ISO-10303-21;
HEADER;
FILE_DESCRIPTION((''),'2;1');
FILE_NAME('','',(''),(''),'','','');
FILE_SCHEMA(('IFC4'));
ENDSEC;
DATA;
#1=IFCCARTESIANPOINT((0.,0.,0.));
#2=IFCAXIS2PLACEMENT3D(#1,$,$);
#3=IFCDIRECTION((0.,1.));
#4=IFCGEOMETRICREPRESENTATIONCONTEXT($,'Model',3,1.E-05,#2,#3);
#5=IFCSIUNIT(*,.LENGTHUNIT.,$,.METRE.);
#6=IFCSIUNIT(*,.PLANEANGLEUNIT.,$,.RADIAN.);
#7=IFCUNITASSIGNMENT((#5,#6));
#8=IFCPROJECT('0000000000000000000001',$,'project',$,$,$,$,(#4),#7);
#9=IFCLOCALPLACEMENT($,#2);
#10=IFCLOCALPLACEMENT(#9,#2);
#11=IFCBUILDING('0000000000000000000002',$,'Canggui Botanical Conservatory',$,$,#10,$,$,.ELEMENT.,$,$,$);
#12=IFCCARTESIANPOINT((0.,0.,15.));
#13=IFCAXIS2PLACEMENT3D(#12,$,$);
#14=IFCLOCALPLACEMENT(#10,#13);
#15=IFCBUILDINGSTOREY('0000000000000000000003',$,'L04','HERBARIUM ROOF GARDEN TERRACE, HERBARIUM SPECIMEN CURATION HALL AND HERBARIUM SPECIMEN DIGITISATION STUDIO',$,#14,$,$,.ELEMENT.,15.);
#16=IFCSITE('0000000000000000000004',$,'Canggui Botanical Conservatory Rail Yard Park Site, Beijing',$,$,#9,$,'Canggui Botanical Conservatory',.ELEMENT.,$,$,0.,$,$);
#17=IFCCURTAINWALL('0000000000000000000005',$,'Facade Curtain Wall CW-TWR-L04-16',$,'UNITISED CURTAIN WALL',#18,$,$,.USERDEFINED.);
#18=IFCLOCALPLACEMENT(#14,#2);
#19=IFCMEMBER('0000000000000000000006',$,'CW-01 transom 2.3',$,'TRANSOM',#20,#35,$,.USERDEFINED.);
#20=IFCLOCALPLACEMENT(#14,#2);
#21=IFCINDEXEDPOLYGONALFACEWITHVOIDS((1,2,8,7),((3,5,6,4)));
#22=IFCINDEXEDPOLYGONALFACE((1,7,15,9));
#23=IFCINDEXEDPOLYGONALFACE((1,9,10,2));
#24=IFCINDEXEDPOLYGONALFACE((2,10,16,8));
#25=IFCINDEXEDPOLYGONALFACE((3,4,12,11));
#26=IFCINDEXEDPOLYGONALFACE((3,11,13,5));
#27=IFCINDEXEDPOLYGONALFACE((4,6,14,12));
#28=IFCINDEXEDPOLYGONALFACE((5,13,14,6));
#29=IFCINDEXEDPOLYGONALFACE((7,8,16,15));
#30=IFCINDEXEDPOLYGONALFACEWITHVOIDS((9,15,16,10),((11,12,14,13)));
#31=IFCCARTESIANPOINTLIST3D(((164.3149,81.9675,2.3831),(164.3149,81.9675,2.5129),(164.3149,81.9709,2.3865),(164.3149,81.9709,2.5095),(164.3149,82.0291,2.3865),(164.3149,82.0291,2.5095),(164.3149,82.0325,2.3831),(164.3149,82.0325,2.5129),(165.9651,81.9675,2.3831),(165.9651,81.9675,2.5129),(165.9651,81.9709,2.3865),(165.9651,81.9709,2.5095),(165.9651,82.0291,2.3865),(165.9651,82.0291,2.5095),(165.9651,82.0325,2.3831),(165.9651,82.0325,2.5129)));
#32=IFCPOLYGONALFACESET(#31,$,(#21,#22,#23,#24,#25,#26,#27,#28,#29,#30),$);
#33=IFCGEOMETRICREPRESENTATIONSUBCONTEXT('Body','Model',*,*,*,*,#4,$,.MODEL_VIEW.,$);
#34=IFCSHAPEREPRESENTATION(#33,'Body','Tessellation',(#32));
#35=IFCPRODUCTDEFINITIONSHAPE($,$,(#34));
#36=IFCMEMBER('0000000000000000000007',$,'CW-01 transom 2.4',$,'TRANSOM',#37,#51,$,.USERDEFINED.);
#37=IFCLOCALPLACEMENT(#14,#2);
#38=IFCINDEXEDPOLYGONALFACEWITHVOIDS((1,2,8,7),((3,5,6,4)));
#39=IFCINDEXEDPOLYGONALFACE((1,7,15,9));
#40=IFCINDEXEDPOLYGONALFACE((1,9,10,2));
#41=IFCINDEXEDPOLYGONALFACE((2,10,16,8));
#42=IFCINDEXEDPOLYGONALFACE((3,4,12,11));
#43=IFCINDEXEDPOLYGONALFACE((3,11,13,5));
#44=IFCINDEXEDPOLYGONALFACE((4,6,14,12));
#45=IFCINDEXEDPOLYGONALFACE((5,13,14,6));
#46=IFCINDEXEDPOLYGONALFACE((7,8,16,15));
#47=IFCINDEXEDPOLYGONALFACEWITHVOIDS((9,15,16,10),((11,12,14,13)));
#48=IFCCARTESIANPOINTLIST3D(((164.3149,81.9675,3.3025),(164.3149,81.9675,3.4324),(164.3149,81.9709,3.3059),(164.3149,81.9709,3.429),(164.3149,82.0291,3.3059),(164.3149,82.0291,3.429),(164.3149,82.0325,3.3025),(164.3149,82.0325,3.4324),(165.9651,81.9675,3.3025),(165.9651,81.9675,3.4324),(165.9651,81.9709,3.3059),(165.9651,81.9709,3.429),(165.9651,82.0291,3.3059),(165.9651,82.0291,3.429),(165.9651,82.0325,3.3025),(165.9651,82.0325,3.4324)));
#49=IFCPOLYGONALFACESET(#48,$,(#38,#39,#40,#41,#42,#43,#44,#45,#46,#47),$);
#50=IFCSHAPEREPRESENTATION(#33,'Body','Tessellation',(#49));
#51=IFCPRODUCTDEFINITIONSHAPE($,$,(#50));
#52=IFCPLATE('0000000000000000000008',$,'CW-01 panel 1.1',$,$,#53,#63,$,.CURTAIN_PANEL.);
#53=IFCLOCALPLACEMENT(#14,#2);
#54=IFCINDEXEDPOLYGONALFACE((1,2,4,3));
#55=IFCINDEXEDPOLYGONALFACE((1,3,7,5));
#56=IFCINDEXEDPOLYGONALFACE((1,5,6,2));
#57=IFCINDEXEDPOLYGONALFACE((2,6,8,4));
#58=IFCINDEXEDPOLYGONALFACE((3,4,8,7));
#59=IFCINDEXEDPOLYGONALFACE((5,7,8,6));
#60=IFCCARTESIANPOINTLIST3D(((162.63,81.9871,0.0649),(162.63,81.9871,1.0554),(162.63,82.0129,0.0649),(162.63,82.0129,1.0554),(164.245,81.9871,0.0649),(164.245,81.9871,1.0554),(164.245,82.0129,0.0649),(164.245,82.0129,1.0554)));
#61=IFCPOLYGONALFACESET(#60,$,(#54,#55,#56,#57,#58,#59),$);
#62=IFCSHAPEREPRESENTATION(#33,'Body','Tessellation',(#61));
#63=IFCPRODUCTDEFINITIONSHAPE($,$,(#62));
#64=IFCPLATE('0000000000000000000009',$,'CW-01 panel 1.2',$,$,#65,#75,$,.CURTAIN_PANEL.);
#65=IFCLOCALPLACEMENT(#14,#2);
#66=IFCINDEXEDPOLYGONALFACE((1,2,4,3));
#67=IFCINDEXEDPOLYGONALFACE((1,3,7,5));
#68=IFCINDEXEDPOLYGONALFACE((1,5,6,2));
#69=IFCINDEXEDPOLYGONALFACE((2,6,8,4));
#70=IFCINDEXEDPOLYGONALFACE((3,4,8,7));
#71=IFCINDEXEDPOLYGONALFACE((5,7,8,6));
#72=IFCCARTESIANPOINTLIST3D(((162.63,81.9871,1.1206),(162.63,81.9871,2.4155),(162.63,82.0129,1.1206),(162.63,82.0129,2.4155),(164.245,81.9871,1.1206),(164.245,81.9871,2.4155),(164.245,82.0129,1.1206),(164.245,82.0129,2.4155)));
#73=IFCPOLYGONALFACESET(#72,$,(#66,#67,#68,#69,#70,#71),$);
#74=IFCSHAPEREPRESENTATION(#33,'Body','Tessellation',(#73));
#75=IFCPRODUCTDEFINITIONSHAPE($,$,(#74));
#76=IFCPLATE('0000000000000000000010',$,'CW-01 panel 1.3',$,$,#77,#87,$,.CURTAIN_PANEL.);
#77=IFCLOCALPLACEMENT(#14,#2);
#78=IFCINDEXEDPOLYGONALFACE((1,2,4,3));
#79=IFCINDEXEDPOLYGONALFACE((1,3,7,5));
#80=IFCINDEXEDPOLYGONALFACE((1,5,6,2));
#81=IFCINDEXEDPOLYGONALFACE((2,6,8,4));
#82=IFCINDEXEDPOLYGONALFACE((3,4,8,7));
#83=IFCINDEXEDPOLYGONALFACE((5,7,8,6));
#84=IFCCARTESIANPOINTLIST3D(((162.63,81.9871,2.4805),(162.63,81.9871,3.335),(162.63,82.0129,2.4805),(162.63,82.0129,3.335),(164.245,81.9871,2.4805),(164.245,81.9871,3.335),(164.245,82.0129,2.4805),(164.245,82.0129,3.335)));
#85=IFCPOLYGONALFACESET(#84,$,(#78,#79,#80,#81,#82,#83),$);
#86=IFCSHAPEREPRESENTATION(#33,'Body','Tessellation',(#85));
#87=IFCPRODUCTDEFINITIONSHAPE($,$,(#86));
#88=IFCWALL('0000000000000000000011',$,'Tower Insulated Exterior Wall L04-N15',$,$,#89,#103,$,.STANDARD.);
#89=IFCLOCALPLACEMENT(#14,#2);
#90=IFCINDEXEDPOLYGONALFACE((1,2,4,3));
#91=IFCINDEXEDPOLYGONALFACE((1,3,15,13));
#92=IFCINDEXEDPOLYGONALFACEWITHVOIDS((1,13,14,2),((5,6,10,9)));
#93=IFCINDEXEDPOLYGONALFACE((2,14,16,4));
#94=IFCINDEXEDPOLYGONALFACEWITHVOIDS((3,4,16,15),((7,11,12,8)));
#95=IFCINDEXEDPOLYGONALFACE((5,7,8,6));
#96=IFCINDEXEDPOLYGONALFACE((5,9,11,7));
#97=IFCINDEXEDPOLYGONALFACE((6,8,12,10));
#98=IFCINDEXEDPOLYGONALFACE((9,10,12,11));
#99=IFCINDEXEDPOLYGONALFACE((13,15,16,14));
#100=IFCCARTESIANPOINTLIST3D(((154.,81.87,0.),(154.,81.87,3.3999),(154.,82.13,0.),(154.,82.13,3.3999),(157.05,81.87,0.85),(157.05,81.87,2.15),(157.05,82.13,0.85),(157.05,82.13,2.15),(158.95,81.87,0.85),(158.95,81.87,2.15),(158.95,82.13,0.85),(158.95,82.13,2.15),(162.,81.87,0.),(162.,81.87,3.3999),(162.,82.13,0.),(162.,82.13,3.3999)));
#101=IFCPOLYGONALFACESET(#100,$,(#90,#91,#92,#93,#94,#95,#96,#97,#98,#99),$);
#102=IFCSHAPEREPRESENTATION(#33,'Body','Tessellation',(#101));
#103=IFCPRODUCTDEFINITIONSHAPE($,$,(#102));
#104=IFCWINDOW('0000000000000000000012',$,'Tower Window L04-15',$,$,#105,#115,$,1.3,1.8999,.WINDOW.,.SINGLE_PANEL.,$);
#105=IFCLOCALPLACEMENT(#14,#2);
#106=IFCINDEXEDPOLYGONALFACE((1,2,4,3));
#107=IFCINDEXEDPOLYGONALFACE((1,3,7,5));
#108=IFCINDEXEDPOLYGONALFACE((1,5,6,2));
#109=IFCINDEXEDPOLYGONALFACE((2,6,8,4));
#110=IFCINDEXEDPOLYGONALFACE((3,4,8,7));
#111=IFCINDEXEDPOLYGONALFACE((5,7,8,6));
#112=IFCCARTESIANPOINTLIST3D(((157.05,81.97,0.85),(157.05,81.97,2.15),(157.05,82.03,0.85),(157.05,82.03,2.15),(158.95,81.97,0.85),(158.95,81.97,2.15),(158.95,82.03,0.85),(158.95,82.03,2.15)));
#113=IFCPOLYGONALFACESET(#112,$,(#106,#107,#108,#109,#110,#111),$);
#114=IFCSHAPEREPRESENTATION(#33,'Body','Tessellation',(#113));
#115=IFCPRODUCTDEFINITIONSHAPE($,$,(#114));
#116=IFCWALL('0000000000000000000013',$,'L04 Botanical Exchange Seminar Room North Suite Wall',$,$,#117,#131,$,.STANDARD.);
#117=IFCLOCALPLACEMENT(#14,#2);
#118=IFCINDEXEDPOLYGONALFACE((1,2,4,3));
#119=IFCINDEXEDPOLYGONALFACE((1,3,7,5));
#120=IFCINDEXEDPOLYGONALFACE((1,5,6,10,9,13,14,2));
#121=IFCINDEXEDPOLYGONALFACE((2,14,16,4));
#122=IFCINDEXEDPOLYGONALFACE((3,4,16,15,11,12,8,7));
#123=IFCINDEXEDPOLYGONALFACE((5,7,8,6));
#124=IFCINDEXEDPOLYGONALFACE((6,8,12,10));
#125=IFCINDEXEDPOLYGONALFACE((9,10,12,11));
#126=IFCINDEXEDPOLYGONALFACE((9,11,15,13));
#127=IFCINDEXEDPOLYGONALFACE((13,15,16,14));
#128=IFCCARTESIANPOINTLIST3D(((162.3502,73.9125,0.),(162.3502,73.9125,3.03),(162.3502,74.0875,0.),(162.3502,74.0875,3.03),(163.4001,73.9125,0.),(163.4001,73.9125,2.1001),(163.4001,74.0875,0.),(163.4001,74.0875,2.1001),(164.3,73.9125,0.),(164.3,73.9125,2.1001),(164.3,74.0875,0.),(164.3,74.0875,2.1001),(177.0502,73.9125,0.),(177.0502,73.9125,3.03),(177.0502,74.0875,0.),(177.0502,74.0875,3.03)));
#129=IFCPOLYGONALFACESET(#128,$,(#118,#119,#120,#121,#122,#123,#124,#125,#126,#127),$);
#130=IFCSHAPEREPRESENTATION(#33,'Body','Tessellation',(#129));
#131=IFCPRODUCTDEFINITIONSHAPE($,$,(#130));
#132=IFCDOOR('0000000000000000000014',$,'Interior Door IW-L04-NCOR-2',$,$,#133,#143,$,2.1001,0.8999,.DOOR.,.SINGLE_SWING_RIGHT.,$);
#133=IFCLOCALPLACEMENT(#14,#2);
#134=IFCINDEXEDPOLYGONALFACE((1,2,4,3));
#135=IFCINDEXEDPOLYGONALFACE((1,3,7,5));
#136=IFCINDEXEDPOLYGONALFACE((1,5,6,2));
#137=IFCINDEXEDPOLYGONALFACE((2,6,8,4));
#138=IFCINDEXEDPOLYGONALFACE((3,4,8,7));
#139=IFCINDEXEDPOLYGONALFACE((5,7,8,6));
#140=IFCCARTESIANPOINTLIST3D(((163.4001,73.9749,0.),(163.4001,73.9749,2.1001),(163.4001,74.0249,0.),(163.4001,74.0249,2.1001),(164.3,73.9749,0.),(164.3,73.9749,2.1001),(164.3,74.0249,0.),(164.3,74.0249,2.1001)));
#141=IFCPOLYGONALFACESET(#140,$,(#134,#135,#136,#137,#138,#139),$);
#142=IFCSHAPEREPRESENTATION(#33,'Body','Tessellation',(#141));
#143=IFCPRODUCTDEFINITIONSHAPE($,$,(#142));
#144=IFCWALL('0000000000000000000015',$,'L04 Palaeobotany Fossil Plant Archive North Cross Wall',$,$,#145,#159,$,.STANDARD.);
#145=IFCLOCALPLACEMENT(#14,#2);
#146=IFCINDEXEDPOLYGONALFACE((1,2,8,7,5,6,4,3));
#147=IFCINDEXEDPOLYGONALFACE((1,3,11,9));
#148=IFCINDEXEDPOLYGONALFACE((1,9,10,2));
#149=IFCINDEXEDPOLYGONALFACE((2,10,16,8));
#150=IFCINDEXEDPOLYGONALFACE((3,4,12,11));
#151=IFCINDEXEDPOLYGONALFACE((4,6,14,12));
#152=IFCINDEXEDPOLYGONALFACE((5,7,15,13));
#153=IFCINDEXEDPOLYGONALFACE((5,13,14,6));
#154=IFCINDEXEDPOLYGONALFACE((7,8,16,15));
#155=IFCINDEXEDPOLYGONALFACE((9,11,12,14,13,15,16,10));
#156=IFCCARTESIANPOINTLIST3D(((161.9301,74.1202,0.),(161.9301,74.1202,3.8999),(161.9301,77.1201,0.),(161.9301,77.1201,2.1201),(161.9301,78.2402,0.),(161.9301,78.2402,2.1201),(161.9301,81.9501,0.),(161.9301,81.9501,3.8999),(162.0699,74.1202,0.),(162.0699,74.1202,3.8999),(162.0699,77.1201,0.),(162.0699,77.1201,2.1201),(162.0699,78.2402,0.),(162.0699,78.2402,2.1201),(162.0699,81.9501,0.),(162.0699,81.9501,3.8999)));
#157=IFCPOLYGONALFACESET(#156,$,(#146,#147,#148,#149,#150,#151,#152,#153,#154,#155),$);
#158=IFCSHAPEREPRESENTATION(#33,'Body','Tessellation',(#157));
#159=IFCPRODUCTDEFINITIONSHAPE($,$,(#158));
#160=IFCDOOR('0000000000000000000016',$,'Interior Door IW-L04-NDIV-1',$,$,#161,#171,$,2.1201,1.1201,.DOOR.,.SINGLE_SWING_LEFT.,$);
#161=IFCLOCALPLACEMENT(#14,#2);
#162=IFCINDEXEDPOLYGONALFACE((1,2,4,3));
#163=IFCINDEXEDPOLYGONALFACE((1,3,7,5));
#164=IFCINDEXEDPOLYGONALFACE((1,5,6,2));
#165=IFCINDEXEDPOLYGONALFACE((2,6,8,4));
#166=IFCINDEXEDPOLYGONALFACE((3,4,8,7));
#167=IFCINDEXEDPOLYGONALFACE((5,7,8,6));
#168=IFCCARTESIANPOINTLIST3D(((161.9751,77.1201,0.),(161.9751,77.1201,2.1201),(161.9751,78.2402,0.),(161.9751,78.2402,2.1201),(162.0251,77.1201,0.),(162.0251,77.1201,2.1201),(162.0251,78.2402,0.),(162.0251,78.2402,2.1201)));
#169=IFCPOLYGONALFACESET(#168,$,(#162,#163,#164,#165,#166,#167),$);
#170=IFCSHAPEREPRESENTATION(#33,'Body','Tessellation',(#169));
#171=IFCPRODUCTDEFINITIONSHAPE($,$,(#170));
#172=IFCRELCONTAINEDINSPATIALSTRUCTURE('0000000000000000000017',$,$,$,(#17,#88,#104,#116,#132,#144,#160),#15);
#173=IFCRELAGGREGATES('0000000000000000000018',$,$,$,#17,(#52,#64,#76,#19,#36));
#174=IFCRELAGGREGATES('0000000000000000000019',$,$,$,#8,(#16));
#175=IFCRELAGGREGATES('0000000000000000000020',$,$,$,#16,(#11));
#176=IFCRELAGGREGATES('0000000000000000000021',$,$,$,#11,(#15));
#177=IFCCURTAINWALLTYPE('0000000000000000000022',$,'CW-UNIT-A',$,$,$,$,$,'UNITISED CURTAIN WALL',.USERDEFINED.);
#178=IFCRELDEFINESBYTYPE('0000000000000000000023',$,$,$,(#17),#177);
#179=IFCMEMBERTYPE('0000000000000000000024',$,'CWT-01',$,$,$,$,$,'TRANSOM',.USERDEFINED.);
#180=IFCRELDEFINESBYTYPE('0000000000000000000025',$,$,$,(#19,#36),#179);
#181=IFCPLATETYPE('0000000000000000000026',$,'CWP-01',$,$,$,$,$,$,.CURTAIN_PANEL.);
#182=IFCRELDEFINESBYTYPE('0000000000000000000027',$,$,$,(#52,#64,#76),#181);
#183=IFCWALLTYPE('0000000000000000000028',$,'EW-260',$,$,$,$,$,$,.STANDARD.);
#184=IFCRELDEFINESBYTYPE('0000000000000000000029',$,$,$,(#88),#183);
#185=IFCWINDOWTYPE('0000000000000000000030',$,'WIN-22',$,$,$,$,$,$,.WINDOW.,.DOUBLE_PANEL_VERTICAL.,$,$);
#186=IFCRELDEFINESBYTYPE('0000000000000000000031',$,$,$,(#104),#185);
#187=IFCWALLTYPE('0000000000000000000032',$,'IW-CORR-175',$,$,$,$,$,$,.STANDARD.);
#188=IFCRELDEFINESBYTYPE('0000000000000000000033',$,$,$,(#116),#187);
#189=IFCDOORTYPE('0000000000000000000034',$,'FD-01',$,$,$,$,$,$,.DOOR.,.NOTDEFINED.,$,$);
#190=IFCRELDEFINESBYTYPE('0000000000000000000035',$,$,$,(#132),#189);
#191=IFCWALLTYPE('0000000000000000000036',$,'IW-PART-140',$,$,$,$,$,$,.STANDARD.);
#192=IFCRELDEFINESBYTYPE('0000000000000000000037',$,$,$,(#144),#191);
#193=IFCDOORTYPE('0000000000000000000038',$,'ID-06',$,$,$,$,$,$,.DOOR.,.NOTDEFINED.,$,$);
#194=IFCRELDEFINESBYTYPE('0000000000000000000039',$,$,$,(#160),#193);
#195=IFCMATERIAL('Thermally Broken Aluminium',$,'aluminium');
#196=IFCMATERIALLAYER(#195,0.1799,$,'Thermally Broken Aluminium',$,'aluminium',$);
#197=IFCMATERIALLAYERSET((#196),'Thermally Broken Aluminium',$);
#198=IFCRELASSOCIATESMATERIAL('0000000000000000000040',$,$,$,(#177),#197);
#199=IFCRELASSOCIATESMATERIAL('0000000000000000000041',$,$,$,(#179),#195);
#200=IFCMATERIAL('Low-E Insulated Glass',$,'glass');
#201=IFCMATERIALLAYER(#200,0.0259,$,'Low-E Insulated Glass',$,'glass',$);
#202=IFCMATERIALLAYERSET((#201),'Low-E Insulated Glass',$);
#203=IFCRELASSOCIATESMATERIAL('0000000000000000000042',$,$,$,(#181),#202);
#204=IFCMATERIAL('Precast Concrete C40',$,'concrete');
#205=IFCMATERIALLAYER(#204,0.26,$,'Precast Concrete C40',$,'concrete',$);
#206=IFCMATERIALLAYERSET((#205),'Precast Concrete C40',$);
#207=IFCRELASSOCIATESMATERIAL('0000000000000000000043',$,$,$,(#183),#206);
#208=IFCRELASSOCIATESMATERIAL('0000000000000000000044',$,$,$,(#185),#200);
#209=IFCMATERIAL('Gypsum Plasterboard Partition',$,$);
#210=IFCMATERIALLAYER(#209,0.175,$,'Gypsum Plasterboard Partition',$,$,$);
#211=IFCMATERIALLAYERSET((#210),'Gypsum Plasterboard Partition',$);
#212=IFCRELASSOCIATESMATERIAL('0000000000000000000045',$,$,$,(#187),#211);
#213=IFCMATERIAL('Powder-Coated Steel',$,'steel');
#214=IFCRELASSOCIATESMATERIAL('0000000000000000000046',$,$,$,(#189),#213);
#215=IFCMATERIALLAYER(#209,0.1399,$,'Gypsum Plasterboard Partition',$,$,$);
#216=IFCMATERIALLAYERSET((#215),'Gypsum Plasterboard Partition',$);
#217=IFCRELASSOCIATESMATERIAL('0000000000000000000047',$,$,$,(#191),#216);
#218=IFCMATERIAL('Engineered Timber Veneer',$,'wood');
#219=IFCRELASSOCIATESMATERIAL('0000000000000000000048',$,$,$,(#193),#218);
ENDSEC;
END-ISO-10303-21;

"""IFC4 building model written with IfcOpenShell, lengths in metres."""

from ifc_helpers import new_model, si_unit, direction, frame, frame_2d, origin, origin_2d, place, context, subcontext, project, spatial, rectangle, hollow_rectangle, extrude, material, layer, layer_set, material_profile, profile_set, type_object, element, fill, aggregate, save


model = new_model("IFC4")

# Units and contexts
model_context = context("Model", 3, precision=1e-05, world=origin(), true_north=direction((0.0, 1.0)))
body_context = subcontext(model_context, "Body", "Model", "MODEL_VIEW")
ifc_project = project(units=[si_unit("LENGTHUNIT", "METRE"), si_unit("PLANEANGLEUNIT", "RADIAN")], contexts=[model_context])

# Site, building, storey
site_placement = place(None, origin())
site = spatial("IfcSite", under=ifc_project, at=site_placement, Name="Canggui Botanical Conservatory Rail Yard Park Site, Beijing", LongName="Canggui Botanical Conservatory", CompositionType="ELEMENT", RefElevation=0.0)
building_placement = place(site_placement, origin())
building = spatial("IfcBuilding", under=site, at=building_placement, Name="Canggui Botanical Conservatory", CompositionType="ELEMENT")
storey_placement = place(building_placement, frame((0.0, 0.0, 15.0)))
storey = spatial("IfcBuildingStorey", under=building, at=storey_placement, Name="L04", Description="HERBARIUM ROOF GARDEN TERRACE, HERBARIUM SPECIMEN CURATION HALL AND HERBARIUM SPECIMEN DIGITISATION STUDIO", CompositionType="ELEMENT", Elevation=15.0)

# Curtain wall, members, plates
ifc_material_1 = material(Name="Thermally Broken Aluminium", Category="aluminium")
ifc_layer_1 = layer(ifc_material_1, 0.1799, Name="Thermally Broken Aluminium", Category="aluminium")
ifc_layer_set_1 = layer_set([ifc_layer_1], Name="Thermally Broken Aluminium")
curtain_wall_type = type_object("IfcCurtainWallType", Name="CW-UNIT-A", ElementType="UNITISED CURTAIN WALL", PredefinedType="USERDEFINED", material=ifc_layer_set_1)
curtain_wall_placement = place(storey_placement, origin())
curtain_wall = element("IfcCurtainWall", 1, at=curtain_wall_placement, inside=storey, type_object=curtain_wall_type, Name="Facade Curtain Wall CW-TWR-L04-16", ObjectType="UNITISED CURTAIN WALL", PredefinedType="USERDEFINED")
ifc_material_profile_1 = material_profile(ifc_material_1, hollow_rectangle(XDim=0.0649, YDim=0.1299, WallThickness=0.0034, at=origin_2d()), Name="CWT 65x130x3.5")
ifc_profile_set_1 = profile_set([ifc_material_profile_1], Name="Thermally Broken Aluminium")
member_type_1 = type_object("IfcMemberType", Name="CWT-01", ElementType="TRANSOM", PredefinedType="USERDEFINED", material=ifc_profile_set_1)
member_1_placement = place(storey_placement, frame((164.3149, 82.0, 2.448), z_axis=(1.0, 0.0, 0.0), x_axis=(0.0, 1.0, 0.0)))
member_1 = element("IfcMember", 2, at=member_1_placement, type_object=member_type_1, Name="CW-01 transom 2.3", ObjectType="TRANSOM", PredefinedType="USERDEFINED", context=body_context, shape_type="SweptSolid", body=[
    extrude(hollow_rectangle(XDim=0.0649, YDim=0.1299, WallThickness=0.0034, at=origin_2d()), origin(), (0.0, 0.0, 1.0), 1.6501),
])
member_2_placement = place(storey_placement, frame((164.3149, 82.0, 3.3674), z_axis=(1.0, 0.0, 0.0), x_axis=(0.0, 1.0, 0.0)))
member_2 = element("IfcMember", 3, at=member_2_placement, type_object=member_type_1, Name="CW-01 transom 2.4", ObjectType="TRANSOM", PredefinedType="USERDEFINED", context=body_context, shape_type="SweptSolid", body=[
    extrude(hollow_rectangle(XDim=0.0649, YDim=0.1299, WallThickness=0.0034, at=origin_2d()), origin(), (0.0, 0.0, 1.0), 1.6501),
])
ifc_material_2 = material(Name="Low-E Insulated Glass", Category="glass")
ifc_layer_2 = layer(ifc_material_2, 0.0259, Name="Low-E Insulated Glass", Category="glass")
ifc_layer_set_2 = layer_set([ifc_layer_2], Name="Low-E Insulated Glass")
plate_type = type_object("IfcPlateType", Name="CWP-01", PredefinedType="CURTAIN_PANEL", material=ifc_layer_set_2)
plate_1_placement = place(storey_placement, frame((163.4375, 82.0, 0.0649), z_axis=(0.0, 0.0, 1.0), x_axis=(1.0, 0.0, 0.0)))
plate_1 = element("IfcPlate", 4, at=plate_1_placement, type_object=plate_type, Name="CW-01 panel 1.1", PredefinedType="CURTAIN_PANEL", context=body_context, shape_type="SweptSolid", body=[
    extrude(rectangle(XDim=1.615, YDim=0.0259, at=origin_2d()), origin(), (0.0, 0.0, 1.0), 0.9905),
])
plate_2_placement = place(storey_placement, frame((163.4375, 82.0, 1.1206), z_axis=(0.0, 0.0, 1.0), x_axis=(1.0, 0.0, 0.0)))
plate_2 = element("IfcPlate", 5, at=plate_2_placement, type_object=plate_type, Name="CW-01 panel 1.2", PredefinedType="CURTAIN_PANEL", context=body_context, shape_type="SweptSolid", body=[
    extrude(rectangle(XDim=1.615, YDim=0.0259, at=origin_2d()), origin(), (0.0, 0.0, 1.0), 1.2949),
])
plate_3_placement = place(storey_placement, frame((163.4375, 82.0, 2.4805), z_axis=(0.0, 0.0, 1.0), x_axis=(1.0, 0.0, 0.0)))
plate_3 = element("IfcPlate", 6, at=plate_3_placement, type_object=plate_type, Name="CW-01 panel 1.3", PredefinedType="CURTAIN_PANEL", context=body_context, shape_type="SweptSolid", body=[
    extrude(rectangle(XDim=1.615, YDim=0.0259, at=origin_2d()), origin(), (0.0, 0.0, 1.0), 0.8545),
])
aggregate(curtain_wall, [plate_1, plate_2, plate_3, member_1, member_2])

# Wall, opening, window
ifc_material_3 = material(Name="Precast Concrete C40", Category="concrete")
ifc_layer_3 = layer(ifc_material_3, 0.26, Name="Precast Concrete C40", Category="concrete")
ifc_layer_set_3 = layer_set([ifc_layer_3], Name="Precast Concrete C40")
wall_type_1 = type_object("IfcWallType", Name="EW-260", PredefinedType="STANDARD", material=ifc_layer_set_3)
wall_1_placement = place(storey_placement, frame((154.0, 82.0, 0.0), z_axis=(0.0, 0.0, 1.0), x_axis=(1.0, 0.0, 0.0)))
wall_1 = element("IfcWall", 7, at=wall_1_placement, inside=storey, type_object=wall_type_1, Name="Tower Insulated Exterior Wall L04-N15", PredefinedType="STANDARD", context=body_context, shape_type="SweptSolid", body=[
    extrude(rectangle(XDim=8.0, YDim=0.26, at=frame_2d((4.0, 0.0))), origin(), (0.0, 0.0, 1.0), 3.3999),
])
opening_1_placement = place(wall_1_placement, frame((3.05, 0.0, 0.8501)))
opening_1 = element("IfcOpeningElement", 8, at=opening_1_placement, cuts=wall_1, PredefinedType="OPENING", context=body_context, shape_type="SweptSolid", body=[
    extrude(rectangle(XDim=1.8999, YDim=1.3, at=frame_2d((0.95, 0.6499))), frame((0.0, 0.1401, 0.0), z_axis=(0.0, -1.0, 0.0), x_axis=(1.0, 0.0, 0.0)), (0.0, 0.0, 1.0), 0.28),
])
window_type = type_object("IfcWindowType", Name="WIN-22", PartitioningType="DOUBLE_PANEL_VERTICAL", PredefinedType="WINDOW", material=ifc_material_2)
window_placement = place(opening_1_placement, origin())
window = element("IfcWindow", 9, at=window_placement, inside=storey, type_object=window_type, Name="Tower Window L04-15", OverallHeight=1.3, OverallWidth=1.8999, PartitioningType="SINGLE_PANEL", PredefinedType="WINDOW", context=body_context, shape_type="SweptSolid", body=[
    extrude(rectangle(XDim=1.8999, YDim=1.3, at=frame_2d((0.95, 0.6499))), frame((0.0, 0.03, 0.0), z_axis=(0.0, -1.0, 0.0), x_axis=(1.0, 0.0, 0.0)), (0.0, 0.0, 1.0), 0.0601),
])
fill(opening_1, window)

# Walls, openings, doors
ifc_material_4 = material(Name="Gypsum Plasterboard Partition")
ifc_layer_4 = layer(ifc_material_4, 0.175, Name="Gypsum Plasterboard Partition")
ifc_layer_set_4 = layer_set([ifc_layer_4], Name="Gypsum Plasterboard Partition")
wall_type_2 = type_object("IfcWallType", Name="IW-CORR-175", PredefinedType="STANDARD", material=ifc_layer_set_4)
wall_2_placement = place(storey_placement, frame((162.3501, 74.0, 0.0), z_axis=(0.0, 0.0, 1.0), x_axis=(1.0, 0.0, 0.0)))
wall_2 = element("IfcWall", 10, at=wall_2_placement, inside=storey, type_object=wall_type_2, Name="L04 Botanical Exchange Seminar Room North Suite Wall", PredefinedType="STANDARD", context=body_context, shape_type="SweptSolid", body=[
    extrude(rectangle(XDim=14.7, YDim=0.175, at=frame_2d((7.3501, 0.0))), origin(), (0.0, 0.0, 1.0), 3.03),
])
opening_2_placement = place(wall_2_placement, frame((1.05, 0.0, 0.0)))
opening_2 = element("IfcOpeningElement", 11, at=opening_2_placement, cuts=wall_2, PredefinedType="OPENING", context=body_context, shape_type="SweptSolid", body=[
    extrude(rectangle(XDim=0.8999, YDim=2.1001, at=frame_2d((0.45, 1.05))), frame((0.0, 0.0977, 0.0), z_axis=(0.0, -1.0, 0.0), x_axis=(1.0, 0.0, 0.0)), (0.0, 0.0, 1.0), 0.1951),
])
ifc_material_5 = material(Name="Powder-Coated Steel", Category="steel")
door_type_1 = type_object("IfcDoorType", Name="FD-01", OperationType="NOTDEFINED", PredefinedType="DOOR", material=ifc_material_5)
door_1_placement = place(opening_2_placement, origin())
door_1 = element("IfcDoor", 12, at=door_1_placement, inside=storey, type_object=door_type_1, Name="Interior Door IW-L04-NCOR-2", OperationType="SINGLE_SWING_RIGHT", OverallHeight=2.1001, OverallWidth=0.8999, PredefinedType="DOOR", context=body_context, shape_type="SweptSolid", body=[
    extrude(rectangle(XDim=0.8999, YDim=2.1001, at=frame_2d((0.45, 1.05))), frame((0.0, 0.0249, 0.0), z_axis=(0.0, -1.0, 0.0), x_axis=(1.0, 0.0, 0.0)), (0.0, 0.0, 1.0), 0.05),
])
fill(opening_2, door_1)
ifc_layer_5 = layer(ifc_material_4, 0.1399, Name="Gypsum Plasterboard Partition")
ifc_layer_set_5 = layer_set([ifc_layer_5], Name="Gypsum Plasterboard Partition")
wall_type_3 = type_object("IfcWallType", Name="IW-PART-140", PredefinedType="STANDARD", material=ifc_layer_set_5)
wall_3_placement = place(storey_placement, frame((162.0, 74.1201, 0.0), z_axis=(0.0, 0.0, 1.0), x_axis=(0.0, 1.0, 0.0)))
wall_3 = element("IfcWall", 13, at=wall_3_placement, inside=storey, type_object=wall_type_3, Name="L04 Palaeobotany Fossil Plant Archive North Cross Wall", PredefinedType="STANDARD", context=body_context, shape_type="SweptSolid", body=[
    extrude(rectangle(XDim=7.8298, YDim=0.1399, at=frame_2d((3.915, 0.0))), origin(), (0.0, 0.0, 1.0), 3.8999),
])
opening_3_placement = place(wall_3_placement, frame((3.0, 0.0, 0.0)))
opening_3 = element("IfcOpeningElement", 14, at=opening_3_placement, cuts=wall_3, PredefinedType="OPENING", context=body_context, shape_type="SweptSolid", body=[
    extrude(rectangle(XDim=1.1201, YDim=2.1201, at=frame_2d((0.5601, 1.0601))), frame((0.0, 0.0801, 0.0), z_axis=(0.0, -1.0, 0.0), x_axis=(1.0, 0.0, 0.0)), (0.0, 0.0, 1.0), 0.1599),
])
ifc_material_6 = material(Name="Engineered Timber Veneer", Category="wood")
door_type_2 = type_object("IfcDoorType", Name="ID-06", OperationType="NOTDEFINED", PredefinedType="DOOR", material=ifc_material_6)
door_2_placement = place(opening_3_placement, origin())
door_2 = element("IfcDoor", 15, at=door_2_placement, inside=storey, type_object=door_type_2, Name="Interior Door IW-L04-NDIV-1", OperationType="SINGLE_SWING_LEFT", OverallHeight=2.1201, OverallWidth=1.1201, PredefinedType="DOOR", context=body_context, shape_type="SweptSolid", body=[
    extrude(rectangle(XDim=1.1201, YDim=2.1201, at=frame_2d((0.5601, 1.0601))), frame((0.0, 0.0249, 0.0), z_axis=(0.0, -1.0, 0.0), x_axis=(1.0, 0.0, 0.0)), (0.0, 0.0, 1.0), 0.05),
])
fill(opening_3, door_2)

save(model, "model.ifc")
